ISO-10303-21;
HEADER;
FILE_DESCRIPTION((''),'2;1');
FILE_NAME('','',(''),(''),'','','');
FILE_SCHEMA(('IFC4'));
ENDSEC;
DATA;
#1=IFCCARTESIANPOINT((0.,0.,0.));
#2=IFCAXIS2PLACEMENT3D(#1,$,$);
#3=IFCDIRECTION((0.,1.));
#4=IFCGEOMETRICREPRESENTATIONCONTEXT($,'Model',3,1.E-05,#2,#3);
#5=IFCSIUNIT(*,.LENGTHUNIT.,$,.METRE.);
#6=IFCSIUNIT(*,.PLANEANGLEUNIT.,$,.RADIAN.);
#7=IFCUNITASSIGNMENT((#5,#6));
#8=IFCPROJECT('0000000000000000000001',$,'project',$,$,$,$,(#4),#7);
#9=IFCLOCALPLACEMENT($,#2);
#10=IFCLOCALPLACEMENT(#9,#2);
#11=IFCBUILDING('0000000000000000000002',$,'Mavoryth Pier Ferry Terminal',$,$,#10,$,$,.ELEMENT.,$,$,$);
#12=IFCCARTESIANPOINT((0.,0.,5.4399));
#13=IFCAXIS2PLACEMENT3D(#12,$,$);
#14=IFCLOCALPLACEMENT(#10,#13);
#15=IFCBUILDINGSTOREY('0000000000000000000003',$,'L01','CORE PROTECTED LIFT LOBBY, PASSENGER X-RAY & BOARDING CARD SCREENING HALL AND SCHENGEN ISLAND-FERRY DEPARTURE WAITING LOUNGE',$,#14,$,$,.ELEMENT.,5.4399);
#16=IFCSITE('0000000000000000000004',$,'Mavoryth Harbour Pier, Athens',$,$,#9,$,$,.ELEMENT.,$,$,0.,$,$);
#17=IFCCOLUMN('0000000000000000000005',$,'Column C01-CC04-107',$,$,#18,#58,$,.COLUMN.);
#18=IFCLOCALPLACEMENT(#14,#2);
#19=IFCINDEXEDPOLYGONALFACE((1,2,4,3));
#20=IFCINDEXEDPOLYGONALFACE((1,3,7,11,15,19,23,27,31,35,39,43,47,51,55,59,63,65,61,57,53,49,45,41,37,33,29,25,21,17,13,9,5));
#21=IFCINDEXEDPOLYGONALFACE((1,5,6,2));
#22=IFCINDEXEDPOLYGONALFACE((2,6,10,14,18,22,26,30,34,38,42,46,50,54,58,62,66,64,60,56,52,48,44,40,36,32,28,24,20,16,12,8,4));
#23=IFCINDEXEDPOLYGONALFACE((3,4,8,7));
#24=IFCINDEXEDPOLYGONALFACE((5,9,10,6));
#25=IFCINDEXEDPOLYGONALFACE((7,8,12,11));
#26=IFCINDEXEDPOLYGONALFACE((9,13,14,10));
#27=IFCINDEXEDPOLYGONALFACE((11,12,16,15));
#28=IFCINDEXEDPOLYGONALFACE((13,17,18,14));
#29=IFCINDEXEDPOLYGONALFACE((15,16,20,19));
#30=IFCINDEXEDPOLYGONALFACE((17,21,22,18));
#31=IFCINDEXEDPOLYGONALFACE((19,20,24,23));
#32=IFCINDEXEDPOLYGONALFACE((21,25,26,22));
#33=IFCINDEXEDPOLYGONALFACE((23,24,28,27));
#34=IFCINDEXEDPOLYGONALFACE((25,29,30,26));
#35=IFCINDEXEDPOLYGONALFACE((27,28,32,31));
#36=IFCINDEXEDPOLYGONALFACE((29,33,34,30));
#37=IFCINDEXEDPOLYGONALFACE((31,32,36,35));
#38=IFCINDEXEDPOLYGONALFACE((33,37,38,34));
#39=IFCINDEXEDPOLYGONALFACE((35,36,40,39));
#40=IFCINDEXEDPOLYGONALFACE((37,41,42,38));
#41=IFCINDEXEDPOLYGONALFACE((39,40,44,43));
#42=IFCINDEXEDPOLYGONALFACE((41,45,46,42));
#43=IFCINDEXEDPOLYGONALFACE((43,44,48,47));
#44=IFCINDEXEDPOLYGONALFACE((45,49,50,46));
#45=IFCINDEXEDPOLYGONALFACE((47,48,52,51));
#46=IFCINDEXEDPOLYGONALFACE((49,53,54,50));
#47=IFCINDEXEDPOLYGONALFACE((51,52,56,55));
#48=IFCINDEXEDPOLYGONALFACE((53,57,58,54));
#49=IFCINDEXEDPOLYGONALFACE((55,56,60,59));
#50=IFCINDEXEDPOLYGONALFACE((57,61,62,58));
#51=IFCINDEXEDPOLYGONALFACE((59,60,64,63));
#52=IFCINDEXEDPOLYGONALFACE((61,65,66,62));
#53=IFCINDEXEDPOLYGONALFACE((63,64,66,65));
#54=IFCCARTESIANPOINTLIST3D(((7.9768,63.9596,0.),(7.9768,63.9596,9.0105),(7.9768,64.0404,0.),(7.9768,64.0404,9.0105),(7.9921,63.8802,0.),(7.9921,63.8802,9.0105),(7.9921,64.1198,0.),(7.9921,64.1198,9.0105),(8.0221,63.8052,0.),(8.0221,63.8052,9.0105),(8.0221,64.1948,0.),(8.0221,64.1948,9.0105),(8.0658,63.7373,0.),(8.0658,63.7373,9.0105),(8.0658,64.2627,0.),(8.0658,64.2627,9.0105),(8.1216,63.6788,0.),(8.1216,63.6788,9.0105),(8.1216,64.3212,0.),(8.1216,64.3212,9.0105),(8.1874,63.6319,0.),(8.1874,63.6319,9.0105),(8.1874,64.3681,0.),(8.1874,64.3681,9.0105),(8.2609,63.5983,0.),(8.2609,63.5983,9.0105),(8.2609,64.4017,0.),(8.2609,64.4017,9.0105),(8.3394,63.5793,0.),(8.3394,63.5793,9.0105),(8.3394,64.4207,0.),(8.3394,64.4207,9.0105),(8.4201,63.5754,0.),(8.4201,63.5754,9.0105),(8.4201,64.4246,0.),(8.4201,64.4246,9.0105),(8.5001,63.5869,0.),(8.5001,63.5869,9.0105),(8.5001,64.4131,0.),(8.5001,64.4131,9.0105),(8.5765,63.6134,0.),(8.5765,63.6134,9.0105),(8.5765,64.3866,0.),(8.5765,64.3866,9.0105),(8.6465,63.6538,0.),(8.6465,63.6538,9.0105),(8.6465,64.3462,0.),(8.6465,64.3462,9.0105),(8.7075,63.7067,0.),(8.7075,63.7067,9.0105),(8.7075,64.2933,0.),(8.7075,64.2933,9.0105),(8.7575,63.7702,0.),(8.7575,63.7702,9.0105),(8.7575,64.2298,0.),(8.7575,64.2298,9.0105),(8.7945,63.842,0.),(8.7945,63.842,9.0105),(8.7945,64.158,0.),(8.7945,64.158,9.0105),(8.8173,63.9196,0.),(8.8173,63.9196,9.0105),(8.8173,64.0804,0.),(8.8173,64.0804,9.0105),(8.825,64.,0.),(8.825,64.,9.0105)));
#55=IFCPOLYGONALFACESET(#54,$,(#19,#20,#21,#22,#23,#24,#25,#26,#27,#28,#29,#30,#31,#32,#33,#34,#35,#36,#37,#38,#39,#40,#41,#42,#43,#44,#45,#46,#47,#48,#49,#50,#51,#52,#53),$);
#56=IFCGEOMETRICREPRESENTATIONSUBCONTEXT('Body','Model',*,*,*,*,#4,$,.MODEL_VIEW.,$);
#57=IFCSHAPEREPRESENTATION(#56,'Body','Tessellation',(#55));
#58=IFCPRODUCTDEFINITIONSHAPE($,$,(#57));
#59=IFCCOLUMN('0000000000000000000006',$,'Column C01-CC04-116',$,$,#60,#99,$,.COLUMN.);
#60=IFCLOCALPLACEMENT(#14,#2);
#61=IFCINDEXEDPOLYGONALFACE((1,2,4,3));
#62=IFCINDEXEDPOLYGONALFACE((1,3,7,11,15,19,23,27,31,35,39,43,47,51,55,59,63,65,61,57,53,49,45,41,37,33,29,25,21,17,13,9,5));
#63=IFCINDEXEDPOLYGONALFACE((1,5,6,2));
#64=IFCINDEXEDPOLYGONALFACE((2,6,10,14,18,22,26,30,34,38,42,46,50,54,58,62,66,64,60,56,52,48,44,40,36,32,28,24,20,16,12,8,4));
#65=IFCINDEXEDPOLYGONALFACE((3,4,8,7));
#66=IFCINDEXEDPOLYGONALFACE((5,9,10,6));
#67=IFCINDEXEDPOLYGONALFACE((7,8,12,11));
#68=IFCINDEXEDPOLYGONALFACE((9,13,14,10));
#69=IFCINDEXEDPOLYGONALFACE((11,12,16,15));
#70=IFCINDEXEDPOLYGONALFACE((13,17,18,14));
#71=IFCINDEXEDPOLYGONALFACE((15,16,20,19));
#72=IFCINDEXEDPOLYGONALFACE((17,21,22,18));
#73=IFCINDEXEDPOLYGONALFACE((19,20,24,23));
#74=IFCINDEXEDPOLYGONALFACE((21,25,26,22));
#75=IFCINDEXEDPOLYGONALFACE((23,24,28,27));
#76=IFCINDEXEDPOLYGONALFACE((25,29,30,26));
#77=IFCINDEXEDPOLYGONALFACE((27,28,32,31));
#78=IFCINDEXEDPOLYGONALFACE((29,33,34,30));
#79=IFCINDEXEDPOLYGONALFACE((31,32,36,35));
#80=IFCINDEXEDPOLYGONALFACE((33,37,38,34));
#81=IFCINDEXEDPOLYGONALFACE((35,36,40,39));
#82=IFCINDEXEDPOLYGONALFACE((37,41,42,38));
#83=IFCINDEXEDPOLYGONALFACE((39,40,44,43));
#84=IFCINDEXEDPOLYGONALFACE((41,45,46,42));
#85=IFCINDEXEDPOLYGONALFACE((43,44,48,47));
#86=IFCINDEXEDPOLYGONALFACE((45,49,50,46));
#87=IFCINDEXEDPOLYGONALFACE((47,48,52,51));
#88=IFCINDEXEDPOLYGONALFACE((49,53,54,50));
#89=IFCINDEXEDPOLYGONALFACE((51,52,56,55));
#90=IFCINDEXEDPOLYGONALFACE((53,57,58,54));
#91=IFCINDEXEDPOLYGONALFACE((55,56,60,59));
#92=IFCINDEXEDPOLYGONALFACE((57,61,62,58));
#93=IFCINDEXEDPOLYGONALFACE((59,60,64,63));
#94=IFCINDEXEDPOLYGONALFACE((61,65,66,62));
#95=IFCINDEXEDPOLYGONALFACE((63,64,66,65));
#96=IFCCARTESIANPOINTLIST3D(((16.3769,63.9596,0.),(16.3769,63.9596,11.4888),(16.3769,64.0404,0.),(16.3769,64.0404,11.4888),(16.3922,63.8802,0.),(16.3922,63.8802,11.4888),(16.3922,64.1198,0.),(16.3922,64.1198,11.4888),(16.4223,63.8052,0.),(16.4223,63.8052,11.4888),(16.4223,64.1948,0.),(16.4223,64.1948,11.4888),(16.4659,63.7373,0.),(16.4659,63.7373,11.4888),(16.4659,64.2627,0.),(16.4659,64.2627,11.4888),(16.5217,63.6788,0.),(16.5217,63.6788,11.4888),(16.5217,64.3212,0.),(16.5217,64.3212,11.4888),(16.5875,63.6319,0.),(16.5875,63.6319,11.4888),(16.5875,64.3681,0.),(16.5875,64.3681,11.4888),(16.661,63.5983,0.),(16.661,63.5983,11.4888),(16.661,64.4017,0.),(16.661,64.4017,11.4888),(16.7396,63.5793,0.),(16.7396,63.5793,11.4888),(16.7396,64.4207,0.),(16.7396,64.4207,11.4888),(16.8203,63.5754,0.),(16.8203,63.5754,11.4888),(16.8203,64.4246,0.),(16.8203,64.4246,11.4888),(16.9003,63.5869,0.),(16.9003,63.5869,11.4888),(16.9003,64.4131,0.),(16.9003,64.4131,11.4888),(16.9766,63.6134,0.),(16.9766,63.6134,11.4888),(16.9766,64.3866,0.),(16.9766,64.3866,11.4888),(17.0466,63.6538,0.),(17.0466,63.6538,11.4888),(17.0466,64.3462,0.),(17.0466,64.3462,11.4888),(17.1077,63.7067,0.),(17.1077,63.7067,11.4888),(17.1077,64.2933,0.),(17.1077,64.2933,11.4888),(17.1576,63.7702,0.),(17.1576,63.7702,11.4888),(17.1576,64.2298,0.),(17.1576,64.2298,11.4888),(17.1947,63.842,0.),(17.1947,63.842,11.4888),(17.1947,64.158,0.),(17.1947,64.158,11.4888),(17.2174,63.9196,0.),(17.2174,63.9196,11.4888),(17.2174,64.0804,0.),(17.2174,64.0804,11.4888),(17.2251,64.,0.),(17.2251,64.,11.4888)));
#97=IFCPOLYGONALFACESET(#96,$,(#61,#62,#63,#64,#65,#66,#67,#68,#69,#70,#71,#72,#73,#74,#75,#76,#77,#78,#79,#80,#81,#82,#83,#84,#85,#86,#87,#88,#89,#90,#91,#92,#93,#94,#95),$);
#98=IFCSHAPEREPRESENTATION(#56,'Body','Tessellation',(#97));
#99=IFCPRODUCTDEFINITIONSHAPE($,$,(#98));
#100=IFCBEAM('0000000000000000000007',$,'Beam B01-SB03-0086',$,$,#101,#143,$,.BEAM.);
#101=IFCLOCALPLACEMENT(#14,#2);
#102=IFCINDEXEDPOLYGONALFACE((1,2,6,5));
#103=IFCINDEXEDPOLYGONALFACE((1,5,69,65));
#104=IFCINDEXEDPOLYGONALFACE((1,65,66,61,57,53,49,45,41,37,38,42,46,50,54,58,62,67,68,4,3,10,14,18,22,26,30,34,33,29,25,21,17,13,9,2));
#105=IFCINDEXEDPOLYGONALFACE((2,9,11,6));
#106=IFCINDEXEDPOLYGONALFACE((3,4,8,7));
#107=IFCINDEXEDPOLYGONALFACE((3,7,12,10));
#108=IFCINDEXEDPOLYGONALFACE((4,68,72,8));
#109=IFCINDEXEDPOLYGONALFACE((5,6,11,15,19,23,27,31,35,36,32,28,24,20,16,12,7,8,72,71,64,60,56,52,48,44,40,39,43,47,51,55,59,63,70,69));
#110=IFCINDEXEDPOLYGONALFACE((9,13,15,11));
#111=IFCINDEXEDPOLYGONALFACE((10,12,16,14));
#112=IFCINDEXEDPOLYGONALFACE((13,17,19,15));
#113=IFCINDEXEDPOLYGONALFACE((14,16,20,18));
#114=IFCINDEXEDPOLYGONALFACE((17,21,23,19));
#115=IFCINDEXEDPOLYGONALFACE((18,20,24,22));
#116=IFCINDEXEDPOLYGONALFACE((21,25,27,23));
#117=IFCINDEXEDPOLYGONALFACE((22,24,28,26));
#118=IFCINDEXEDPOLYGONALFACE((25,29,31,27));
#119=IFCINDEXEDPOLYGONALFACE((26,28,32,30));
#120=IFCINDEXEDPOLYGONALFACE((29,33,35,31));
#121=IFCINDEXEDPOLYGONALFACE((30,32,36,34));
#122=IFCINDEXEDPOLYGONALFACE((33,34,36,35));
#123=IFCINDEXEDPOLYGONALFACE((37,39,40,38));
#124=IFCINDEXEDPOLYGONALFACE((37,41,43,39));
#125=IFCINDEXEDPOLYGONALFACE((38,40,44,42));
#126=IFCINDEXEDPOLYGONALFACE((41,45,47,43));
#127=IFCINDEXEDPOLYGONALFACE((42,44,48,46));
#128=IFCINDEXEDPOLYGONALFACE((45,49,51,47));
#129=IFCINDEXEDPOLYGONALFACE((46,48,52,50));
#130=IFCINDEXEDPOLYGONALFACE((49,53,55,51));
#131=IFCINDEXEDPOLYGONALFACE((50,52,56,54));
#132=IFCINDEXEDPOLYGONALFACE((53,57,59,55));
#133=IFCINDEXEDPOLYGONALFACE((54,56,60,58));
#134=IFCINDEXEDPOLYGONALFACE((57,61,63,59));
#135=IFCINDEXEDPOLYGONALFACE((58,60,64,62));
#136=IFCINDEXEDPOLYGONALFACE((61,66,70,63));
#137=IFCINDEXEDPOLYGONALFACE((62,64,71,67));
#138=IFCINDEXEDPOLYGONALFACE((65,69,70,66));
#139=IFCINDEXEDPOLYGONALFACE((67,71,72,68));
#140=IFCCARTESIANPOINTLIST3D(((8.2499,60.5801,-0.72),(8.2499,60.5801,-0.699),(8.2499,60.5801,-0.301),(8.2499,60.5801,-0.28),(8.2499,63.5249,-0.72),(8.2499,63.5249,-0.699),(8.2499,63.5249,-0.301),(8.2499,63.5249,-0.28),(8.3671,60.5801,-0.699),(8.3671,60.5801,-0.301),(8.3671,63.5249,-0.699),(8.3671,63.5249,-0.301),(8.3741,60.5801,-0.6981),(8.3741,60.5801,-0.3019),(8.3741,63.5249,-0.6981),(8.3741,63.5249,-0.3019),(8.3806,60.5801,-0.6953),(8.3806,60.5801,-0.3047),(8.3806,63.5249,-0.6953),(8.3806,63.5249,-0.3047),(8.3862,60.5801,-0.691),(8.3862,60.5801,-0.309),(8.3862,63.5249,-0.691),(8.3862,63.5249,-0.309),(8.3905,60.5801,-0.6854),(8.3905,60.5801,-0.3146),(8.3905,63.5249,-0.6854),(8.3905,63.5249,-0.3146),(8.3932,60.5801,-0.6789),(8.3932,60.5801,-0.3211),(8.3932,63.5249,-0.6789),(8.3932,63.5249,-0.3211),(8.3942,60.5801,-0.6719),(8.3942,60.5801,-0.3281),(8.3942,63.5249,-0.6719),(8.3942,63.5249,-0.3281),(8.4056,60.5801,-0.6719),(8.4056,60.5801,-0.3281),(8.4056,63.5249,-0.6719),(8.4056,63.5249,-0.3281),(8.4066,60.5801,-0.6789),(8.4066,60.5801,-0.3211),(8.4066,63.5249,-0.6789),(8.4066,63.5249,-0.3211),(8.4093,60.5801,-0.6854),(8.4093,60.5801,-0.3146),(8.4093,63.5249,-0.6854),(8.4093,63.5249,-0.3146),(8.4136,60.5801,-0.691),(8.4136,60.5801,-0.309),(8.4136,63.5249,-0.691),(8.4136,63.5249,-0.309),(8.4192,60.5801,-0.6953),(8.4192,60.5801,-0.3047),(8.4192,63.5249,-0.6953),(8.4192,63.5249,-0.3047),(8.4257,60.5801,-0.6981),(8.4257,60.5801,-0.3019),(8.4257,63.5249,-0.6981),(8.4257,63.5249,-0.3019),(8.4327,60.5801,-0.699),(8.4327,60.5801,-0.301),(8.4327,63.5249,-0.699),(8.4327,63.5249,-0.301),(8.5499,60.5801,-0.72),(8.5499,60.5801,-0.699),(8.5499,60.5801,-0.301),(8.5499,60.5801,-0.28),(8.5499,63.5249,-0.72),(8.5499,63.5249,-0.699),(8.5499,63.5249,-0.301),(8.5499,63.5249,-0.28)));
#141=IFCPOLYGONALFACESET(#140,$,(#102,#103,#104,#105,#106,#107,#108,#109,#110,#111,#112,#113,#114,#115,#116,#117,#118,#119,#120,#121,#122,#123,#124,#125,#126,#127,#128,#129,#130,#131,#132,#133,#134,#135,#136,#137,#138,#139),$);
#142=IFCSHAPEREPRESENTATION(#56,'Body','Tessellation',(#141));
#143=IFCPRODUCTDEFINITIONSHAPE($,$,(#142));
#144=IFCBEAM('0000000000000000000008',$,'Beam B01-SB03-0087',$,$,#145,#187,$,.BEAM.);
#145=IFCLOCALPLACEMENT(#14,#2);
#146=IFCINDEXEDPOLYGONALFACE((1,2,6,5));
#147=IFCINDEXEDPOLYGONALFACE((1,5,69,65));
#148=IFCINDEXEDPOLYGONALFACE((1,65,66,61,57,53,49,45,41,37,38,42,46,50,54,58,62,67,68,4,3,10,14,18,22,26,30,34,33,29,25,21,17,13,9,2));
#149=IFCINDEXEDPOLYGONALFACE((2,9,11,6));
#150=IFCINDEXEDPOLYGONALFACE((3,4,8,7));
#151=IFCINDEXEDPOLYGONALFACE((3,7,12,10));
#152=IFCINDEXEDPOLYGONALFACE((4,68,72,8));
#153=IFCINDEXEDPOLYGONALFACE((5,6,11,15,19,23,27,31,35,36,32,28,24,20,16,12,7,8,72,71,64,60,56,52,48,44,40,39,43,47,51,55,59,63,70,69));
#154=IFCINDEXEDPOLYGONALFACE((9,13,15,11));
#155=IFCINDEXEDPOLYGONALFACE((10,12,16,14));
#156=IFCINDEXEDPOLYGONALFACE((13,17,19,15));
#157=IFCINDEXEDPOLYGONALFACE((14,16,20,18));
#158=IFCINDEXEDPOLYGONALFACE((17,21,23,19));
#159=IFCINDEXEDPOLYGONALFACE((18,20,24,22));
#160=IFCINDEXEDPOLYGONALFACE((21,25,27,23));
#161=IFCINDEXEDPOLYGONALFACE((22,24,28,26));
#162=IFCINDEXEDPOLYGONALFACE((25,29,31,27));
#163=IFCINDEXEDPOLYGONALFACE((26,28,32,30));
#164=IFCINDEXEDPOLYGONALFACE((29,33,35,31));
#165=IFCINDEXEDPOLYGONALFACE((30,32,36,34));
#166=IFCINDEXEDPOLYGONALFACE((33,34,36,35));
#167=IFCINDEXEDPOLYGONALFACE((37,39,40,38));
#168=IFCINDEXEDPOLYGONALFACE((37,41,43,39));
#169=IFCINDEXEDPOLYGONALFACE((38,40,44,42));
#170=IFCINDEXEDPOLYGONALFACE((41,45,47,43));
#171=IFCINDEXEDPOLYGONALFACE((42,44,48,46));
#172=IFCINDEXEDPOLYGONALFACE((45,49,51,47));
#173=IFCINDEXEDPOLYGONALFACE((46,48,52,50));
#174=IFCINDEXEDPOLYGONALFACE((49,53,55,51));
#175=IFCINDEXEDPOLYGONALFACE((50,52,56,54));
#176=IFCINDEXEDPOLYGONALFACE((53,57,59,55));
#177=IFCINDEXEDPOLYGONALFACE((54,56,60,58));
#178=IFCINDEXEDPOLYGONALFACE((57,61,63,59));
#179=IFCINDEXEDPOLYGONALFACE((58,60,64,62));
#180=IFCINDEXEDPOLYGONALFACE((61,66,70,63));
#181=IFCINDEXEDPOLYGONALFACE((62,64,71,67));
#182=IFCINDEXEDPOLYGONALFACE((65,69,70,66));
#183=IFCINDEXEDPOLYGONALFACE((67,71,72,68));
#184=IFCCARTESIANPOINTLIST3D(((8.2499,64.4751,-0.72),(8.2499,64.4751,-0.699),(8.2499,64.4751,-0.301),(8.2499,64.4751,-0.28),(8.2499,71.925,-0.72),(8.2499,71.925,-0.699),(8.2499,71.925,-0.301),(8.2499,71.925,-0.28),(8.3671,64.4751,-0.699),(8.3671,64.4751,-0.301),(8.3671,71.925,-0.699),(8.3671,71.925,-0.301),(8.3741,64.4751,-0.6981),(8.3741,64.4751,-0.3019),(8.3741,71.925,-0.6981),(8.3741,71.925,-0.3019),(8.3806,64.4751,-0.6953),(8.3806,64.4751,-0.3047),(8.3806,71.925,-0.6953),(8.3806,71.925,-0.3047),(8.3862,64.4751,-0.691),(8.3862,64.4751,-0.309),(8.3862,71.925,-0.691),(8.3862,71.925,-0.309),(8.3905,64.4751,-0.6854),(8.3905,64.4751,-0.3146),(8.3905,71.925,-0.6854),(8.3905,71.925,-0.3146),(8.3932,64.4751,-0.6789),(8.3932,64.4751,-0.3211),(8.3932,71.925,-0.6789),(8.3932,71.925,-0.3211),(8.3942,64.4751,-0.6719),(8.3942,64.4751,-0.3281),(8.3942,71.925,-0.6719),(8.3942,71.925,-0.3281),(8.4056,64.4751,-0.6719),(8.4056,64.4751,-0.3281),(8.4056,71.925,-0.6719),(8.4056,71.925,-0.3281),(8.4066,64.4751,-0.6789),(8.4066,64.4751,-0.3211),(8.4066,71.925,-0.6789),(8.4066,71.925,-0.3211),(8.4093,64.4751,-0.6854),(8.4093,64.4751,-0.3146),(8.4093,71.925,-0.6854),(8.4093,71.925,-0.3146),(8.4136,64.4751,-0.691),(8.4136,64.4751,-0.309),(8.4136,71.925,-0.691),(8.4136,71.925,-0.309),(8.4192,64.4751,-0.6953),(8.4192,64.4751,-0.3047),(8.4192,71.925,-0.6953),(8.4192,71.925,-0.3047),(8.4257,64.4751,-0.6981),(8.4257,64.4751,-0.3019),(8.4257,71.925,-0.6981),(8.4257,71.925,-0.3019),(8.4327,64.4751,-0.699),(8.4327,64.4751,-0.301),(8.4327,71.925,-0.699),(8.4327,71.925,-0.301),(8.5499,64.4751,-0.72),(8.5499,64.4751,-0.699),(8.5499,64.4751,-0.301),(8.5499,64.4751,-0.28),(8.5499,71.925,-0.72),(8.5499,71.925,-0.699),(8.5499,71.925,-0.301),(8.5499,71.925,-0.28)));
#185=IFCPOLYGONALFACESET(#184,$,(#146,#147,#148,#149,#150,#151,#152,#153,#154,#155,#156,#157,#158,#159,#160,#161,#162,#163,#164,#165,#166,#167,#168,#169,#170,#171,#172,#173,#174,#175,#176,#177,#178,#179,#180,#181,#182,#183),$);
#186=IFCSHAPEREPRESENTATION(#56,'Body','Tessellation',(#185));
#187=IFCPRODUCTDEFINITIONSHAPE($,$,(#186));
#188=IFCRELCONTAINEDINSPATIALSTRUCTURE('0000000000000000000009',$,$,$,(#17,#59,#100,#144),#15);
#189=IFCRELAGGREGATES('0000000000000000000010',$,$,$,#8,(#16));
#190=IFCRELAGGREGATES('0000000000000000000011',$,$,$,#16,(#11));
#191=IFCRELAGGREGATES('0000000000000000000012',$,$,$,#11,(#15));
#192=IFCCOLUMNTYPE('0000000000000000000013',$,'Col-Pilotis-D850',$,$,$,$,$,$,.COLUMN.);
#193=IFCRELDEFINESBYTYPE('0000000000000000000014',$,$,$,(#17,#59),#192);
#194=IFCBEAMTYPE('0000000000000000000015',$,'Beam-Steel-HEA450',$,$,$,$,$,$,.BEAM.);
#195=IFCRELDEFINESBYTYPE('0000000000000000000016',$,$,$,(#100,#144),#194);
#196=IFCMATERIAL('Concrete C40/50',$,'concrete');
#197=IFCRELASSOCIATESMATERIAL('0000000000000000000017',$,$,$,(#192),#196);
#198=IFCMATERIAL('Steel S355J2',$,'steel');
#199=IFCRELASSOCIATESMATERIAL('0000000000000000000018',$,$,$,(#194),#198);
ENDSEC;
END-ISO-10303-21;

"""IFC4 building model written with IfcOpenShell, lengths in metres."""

from ifc_helpers import new_model, si_unit, direction, frame, origin, origin_2d, place, context, subcontext, project, spatial, circle, i_section, extrude, material, material_profile, profile_set, type_object, element, save


model = new_model("IFC4")

# Units and contexts
model_context = context("Model", 3, precision=1e-05, world=origin(), true_north=direction((0.0, 1.0)))
body_context = subcontext(model_context, "Body", "Model", "MODEL_VIEW")
ifc_project = project(units=[si_unit("LENGTHUNIT", "METRE"), si_unit("PLANEANGLEUNIT", "RADIAN")], contexts=[model_context])

# Site, building, storey
site_placement = place(None, origin())
site = spatial("IfcSite", under=ifc_project, at=site_placement, Name="Mavoryth Harbour Pier, Athens", CompositionType="ELEMENT", RefElevation=0.0)
building_placement = place(site_placement, origin())
building = spatial("IfcBuilding", under=site, at=building_placement, Name="Mavoryth Pier Ferry Terminal", CompositionType="ELEMENT")
storey_placement = place(building_placement, frame((0.0, 0.0, 5.4399)))
storey = spatial("IfcBuildingStorey", under=building, at=storey_placement, Name="L01", Description="CORE PROTECTED LIFT LOBBY, PASSENGER X-RAY & BOARDING CARD SCREENING HALL AND SCHENGEN ISLAND-FERRY DEPARTURE WAITING LOUNGE", CompositionType="ELEMENT", Elevation=5.4399)

# Columns
ifc_material_1 = material(Name="Concrete C40/50", Category="concrete")
ifc_material_profile_1 = material_profile(ifc_material_1, circle(Radius=0.425, at=origin_2d()), Name="RC D850", Category="concrete")
ifc_profile_set_1 = profile_set([ifc_material_profile_1], Name="Concrete C40/50 - RC D850")
column_type = type_object("IfcColumnType", Name="Col-Pilotis-D850", PredefinedType="COLUMN", material=ifc_profile_set_1)
column_1_placement = place(storey_placement, frame((8.3999, 64.0, 0.0), z_axis=(0.0, 0.0, 1.0), x_axis=(1.0, 0.0, 0.0)))
element("IfcColumn", 1, at=column_1_placement, inside=storey, type_object=column_type, Name="Column C01-CC04-107", PredefinedType="COLUMN", context=body_context, shape_type="SweptSolid", body=[
    extrude(circle(Radius=0.425, at=origin_2d()), origin(), (0.0, 0.0, 1.0), 9.0105),
])
column_2_placement = place(storey_placement, frame((16.8, 64.0, 0.0), z_axis=(0.0, 0.0, 1.0), x_axis=(1.0, 0.0, 0.0)))
element("IfcColumn", 2, at=column_2_placement, inside=storey, type_object=column_type, Name="Column C01-CC04-116", PredefinedType="COLUMN", context=body_context, shape_type="SweptSolid", body=[
    extrude(circle(Radius=0.425, at=origin_2d()), origin(), (0.0, 0.0, 1.0), 11.4888),
])

# Beams
ifc_material_2 = material(Name="Steel S355J2", Category="steel")
ifc_material_profile_2 = material_profile(ifc_material_2, i_section(OverallWidth=0.3, OverallDepth=0.4399, WebThickness=0.0115, FlangeThickness=0.021, FilletRadius=0.0271, at=origin_2d()), Name="HEA 450", Category="steel")
ifc_profile_set_2 = profile_set([ifc_material_profile_2], Name="Steel S355J2 - HEA 450")
beam_type_1 = type_object("IfcBeamType", Name="Beam-Steel-HEA450", PredefinedType="BEAM", material=ifc_profile_set_2)
beam_1_placement = place(storey_placement, frame((8.3999, 60.5801, -0.5), z_axis=(0.0, 1.0, 0.0), x_axis=(-1.0, 0.0, 0.0)))
element("IfcBeam", 3, at=beam_1_placement, inside=storey, type_object=beam_type_1, Name="Beam B01-SB03-0086", PredefinedType="BEAM", context=body_context, shape_type="SweptSolid", body=[
    extrude(i_section(OverallWidth=0.3, OverallDepth=0.4399, WebThickness=0.0115, FlangeThickness=0.021, FilletRadius=0.0271, at=origin_2d()), origin(), (0.0, 0.0, 1.0), 2.9448),
])
beam_2_placement = place(storey_placement, frame((8.3999, 64.4751, -0.5), z_axis=(0.0, 1.0, 0.0), x_axis=(-1.0, 0.0, 0.0)))
element("IfcBeam", 4, at=beam_2_placement, inside=storey, type_object=beam_type_1, Name="Beam B01-SB03-0087", PredefinedType="BEAM", context=body_context, shape_type="SweptSolid", body=[
    extrude(i_section(OverallWidth=0.3, OverallDepth=0.4399, WebThickness=0.0115, FlangeThickness=0.021, FilletRadius=0.0271, at=origin_2d()), origin(), (0.0, 0.0, 1.0), 7.45),
])

save(model, "model.ifc")
